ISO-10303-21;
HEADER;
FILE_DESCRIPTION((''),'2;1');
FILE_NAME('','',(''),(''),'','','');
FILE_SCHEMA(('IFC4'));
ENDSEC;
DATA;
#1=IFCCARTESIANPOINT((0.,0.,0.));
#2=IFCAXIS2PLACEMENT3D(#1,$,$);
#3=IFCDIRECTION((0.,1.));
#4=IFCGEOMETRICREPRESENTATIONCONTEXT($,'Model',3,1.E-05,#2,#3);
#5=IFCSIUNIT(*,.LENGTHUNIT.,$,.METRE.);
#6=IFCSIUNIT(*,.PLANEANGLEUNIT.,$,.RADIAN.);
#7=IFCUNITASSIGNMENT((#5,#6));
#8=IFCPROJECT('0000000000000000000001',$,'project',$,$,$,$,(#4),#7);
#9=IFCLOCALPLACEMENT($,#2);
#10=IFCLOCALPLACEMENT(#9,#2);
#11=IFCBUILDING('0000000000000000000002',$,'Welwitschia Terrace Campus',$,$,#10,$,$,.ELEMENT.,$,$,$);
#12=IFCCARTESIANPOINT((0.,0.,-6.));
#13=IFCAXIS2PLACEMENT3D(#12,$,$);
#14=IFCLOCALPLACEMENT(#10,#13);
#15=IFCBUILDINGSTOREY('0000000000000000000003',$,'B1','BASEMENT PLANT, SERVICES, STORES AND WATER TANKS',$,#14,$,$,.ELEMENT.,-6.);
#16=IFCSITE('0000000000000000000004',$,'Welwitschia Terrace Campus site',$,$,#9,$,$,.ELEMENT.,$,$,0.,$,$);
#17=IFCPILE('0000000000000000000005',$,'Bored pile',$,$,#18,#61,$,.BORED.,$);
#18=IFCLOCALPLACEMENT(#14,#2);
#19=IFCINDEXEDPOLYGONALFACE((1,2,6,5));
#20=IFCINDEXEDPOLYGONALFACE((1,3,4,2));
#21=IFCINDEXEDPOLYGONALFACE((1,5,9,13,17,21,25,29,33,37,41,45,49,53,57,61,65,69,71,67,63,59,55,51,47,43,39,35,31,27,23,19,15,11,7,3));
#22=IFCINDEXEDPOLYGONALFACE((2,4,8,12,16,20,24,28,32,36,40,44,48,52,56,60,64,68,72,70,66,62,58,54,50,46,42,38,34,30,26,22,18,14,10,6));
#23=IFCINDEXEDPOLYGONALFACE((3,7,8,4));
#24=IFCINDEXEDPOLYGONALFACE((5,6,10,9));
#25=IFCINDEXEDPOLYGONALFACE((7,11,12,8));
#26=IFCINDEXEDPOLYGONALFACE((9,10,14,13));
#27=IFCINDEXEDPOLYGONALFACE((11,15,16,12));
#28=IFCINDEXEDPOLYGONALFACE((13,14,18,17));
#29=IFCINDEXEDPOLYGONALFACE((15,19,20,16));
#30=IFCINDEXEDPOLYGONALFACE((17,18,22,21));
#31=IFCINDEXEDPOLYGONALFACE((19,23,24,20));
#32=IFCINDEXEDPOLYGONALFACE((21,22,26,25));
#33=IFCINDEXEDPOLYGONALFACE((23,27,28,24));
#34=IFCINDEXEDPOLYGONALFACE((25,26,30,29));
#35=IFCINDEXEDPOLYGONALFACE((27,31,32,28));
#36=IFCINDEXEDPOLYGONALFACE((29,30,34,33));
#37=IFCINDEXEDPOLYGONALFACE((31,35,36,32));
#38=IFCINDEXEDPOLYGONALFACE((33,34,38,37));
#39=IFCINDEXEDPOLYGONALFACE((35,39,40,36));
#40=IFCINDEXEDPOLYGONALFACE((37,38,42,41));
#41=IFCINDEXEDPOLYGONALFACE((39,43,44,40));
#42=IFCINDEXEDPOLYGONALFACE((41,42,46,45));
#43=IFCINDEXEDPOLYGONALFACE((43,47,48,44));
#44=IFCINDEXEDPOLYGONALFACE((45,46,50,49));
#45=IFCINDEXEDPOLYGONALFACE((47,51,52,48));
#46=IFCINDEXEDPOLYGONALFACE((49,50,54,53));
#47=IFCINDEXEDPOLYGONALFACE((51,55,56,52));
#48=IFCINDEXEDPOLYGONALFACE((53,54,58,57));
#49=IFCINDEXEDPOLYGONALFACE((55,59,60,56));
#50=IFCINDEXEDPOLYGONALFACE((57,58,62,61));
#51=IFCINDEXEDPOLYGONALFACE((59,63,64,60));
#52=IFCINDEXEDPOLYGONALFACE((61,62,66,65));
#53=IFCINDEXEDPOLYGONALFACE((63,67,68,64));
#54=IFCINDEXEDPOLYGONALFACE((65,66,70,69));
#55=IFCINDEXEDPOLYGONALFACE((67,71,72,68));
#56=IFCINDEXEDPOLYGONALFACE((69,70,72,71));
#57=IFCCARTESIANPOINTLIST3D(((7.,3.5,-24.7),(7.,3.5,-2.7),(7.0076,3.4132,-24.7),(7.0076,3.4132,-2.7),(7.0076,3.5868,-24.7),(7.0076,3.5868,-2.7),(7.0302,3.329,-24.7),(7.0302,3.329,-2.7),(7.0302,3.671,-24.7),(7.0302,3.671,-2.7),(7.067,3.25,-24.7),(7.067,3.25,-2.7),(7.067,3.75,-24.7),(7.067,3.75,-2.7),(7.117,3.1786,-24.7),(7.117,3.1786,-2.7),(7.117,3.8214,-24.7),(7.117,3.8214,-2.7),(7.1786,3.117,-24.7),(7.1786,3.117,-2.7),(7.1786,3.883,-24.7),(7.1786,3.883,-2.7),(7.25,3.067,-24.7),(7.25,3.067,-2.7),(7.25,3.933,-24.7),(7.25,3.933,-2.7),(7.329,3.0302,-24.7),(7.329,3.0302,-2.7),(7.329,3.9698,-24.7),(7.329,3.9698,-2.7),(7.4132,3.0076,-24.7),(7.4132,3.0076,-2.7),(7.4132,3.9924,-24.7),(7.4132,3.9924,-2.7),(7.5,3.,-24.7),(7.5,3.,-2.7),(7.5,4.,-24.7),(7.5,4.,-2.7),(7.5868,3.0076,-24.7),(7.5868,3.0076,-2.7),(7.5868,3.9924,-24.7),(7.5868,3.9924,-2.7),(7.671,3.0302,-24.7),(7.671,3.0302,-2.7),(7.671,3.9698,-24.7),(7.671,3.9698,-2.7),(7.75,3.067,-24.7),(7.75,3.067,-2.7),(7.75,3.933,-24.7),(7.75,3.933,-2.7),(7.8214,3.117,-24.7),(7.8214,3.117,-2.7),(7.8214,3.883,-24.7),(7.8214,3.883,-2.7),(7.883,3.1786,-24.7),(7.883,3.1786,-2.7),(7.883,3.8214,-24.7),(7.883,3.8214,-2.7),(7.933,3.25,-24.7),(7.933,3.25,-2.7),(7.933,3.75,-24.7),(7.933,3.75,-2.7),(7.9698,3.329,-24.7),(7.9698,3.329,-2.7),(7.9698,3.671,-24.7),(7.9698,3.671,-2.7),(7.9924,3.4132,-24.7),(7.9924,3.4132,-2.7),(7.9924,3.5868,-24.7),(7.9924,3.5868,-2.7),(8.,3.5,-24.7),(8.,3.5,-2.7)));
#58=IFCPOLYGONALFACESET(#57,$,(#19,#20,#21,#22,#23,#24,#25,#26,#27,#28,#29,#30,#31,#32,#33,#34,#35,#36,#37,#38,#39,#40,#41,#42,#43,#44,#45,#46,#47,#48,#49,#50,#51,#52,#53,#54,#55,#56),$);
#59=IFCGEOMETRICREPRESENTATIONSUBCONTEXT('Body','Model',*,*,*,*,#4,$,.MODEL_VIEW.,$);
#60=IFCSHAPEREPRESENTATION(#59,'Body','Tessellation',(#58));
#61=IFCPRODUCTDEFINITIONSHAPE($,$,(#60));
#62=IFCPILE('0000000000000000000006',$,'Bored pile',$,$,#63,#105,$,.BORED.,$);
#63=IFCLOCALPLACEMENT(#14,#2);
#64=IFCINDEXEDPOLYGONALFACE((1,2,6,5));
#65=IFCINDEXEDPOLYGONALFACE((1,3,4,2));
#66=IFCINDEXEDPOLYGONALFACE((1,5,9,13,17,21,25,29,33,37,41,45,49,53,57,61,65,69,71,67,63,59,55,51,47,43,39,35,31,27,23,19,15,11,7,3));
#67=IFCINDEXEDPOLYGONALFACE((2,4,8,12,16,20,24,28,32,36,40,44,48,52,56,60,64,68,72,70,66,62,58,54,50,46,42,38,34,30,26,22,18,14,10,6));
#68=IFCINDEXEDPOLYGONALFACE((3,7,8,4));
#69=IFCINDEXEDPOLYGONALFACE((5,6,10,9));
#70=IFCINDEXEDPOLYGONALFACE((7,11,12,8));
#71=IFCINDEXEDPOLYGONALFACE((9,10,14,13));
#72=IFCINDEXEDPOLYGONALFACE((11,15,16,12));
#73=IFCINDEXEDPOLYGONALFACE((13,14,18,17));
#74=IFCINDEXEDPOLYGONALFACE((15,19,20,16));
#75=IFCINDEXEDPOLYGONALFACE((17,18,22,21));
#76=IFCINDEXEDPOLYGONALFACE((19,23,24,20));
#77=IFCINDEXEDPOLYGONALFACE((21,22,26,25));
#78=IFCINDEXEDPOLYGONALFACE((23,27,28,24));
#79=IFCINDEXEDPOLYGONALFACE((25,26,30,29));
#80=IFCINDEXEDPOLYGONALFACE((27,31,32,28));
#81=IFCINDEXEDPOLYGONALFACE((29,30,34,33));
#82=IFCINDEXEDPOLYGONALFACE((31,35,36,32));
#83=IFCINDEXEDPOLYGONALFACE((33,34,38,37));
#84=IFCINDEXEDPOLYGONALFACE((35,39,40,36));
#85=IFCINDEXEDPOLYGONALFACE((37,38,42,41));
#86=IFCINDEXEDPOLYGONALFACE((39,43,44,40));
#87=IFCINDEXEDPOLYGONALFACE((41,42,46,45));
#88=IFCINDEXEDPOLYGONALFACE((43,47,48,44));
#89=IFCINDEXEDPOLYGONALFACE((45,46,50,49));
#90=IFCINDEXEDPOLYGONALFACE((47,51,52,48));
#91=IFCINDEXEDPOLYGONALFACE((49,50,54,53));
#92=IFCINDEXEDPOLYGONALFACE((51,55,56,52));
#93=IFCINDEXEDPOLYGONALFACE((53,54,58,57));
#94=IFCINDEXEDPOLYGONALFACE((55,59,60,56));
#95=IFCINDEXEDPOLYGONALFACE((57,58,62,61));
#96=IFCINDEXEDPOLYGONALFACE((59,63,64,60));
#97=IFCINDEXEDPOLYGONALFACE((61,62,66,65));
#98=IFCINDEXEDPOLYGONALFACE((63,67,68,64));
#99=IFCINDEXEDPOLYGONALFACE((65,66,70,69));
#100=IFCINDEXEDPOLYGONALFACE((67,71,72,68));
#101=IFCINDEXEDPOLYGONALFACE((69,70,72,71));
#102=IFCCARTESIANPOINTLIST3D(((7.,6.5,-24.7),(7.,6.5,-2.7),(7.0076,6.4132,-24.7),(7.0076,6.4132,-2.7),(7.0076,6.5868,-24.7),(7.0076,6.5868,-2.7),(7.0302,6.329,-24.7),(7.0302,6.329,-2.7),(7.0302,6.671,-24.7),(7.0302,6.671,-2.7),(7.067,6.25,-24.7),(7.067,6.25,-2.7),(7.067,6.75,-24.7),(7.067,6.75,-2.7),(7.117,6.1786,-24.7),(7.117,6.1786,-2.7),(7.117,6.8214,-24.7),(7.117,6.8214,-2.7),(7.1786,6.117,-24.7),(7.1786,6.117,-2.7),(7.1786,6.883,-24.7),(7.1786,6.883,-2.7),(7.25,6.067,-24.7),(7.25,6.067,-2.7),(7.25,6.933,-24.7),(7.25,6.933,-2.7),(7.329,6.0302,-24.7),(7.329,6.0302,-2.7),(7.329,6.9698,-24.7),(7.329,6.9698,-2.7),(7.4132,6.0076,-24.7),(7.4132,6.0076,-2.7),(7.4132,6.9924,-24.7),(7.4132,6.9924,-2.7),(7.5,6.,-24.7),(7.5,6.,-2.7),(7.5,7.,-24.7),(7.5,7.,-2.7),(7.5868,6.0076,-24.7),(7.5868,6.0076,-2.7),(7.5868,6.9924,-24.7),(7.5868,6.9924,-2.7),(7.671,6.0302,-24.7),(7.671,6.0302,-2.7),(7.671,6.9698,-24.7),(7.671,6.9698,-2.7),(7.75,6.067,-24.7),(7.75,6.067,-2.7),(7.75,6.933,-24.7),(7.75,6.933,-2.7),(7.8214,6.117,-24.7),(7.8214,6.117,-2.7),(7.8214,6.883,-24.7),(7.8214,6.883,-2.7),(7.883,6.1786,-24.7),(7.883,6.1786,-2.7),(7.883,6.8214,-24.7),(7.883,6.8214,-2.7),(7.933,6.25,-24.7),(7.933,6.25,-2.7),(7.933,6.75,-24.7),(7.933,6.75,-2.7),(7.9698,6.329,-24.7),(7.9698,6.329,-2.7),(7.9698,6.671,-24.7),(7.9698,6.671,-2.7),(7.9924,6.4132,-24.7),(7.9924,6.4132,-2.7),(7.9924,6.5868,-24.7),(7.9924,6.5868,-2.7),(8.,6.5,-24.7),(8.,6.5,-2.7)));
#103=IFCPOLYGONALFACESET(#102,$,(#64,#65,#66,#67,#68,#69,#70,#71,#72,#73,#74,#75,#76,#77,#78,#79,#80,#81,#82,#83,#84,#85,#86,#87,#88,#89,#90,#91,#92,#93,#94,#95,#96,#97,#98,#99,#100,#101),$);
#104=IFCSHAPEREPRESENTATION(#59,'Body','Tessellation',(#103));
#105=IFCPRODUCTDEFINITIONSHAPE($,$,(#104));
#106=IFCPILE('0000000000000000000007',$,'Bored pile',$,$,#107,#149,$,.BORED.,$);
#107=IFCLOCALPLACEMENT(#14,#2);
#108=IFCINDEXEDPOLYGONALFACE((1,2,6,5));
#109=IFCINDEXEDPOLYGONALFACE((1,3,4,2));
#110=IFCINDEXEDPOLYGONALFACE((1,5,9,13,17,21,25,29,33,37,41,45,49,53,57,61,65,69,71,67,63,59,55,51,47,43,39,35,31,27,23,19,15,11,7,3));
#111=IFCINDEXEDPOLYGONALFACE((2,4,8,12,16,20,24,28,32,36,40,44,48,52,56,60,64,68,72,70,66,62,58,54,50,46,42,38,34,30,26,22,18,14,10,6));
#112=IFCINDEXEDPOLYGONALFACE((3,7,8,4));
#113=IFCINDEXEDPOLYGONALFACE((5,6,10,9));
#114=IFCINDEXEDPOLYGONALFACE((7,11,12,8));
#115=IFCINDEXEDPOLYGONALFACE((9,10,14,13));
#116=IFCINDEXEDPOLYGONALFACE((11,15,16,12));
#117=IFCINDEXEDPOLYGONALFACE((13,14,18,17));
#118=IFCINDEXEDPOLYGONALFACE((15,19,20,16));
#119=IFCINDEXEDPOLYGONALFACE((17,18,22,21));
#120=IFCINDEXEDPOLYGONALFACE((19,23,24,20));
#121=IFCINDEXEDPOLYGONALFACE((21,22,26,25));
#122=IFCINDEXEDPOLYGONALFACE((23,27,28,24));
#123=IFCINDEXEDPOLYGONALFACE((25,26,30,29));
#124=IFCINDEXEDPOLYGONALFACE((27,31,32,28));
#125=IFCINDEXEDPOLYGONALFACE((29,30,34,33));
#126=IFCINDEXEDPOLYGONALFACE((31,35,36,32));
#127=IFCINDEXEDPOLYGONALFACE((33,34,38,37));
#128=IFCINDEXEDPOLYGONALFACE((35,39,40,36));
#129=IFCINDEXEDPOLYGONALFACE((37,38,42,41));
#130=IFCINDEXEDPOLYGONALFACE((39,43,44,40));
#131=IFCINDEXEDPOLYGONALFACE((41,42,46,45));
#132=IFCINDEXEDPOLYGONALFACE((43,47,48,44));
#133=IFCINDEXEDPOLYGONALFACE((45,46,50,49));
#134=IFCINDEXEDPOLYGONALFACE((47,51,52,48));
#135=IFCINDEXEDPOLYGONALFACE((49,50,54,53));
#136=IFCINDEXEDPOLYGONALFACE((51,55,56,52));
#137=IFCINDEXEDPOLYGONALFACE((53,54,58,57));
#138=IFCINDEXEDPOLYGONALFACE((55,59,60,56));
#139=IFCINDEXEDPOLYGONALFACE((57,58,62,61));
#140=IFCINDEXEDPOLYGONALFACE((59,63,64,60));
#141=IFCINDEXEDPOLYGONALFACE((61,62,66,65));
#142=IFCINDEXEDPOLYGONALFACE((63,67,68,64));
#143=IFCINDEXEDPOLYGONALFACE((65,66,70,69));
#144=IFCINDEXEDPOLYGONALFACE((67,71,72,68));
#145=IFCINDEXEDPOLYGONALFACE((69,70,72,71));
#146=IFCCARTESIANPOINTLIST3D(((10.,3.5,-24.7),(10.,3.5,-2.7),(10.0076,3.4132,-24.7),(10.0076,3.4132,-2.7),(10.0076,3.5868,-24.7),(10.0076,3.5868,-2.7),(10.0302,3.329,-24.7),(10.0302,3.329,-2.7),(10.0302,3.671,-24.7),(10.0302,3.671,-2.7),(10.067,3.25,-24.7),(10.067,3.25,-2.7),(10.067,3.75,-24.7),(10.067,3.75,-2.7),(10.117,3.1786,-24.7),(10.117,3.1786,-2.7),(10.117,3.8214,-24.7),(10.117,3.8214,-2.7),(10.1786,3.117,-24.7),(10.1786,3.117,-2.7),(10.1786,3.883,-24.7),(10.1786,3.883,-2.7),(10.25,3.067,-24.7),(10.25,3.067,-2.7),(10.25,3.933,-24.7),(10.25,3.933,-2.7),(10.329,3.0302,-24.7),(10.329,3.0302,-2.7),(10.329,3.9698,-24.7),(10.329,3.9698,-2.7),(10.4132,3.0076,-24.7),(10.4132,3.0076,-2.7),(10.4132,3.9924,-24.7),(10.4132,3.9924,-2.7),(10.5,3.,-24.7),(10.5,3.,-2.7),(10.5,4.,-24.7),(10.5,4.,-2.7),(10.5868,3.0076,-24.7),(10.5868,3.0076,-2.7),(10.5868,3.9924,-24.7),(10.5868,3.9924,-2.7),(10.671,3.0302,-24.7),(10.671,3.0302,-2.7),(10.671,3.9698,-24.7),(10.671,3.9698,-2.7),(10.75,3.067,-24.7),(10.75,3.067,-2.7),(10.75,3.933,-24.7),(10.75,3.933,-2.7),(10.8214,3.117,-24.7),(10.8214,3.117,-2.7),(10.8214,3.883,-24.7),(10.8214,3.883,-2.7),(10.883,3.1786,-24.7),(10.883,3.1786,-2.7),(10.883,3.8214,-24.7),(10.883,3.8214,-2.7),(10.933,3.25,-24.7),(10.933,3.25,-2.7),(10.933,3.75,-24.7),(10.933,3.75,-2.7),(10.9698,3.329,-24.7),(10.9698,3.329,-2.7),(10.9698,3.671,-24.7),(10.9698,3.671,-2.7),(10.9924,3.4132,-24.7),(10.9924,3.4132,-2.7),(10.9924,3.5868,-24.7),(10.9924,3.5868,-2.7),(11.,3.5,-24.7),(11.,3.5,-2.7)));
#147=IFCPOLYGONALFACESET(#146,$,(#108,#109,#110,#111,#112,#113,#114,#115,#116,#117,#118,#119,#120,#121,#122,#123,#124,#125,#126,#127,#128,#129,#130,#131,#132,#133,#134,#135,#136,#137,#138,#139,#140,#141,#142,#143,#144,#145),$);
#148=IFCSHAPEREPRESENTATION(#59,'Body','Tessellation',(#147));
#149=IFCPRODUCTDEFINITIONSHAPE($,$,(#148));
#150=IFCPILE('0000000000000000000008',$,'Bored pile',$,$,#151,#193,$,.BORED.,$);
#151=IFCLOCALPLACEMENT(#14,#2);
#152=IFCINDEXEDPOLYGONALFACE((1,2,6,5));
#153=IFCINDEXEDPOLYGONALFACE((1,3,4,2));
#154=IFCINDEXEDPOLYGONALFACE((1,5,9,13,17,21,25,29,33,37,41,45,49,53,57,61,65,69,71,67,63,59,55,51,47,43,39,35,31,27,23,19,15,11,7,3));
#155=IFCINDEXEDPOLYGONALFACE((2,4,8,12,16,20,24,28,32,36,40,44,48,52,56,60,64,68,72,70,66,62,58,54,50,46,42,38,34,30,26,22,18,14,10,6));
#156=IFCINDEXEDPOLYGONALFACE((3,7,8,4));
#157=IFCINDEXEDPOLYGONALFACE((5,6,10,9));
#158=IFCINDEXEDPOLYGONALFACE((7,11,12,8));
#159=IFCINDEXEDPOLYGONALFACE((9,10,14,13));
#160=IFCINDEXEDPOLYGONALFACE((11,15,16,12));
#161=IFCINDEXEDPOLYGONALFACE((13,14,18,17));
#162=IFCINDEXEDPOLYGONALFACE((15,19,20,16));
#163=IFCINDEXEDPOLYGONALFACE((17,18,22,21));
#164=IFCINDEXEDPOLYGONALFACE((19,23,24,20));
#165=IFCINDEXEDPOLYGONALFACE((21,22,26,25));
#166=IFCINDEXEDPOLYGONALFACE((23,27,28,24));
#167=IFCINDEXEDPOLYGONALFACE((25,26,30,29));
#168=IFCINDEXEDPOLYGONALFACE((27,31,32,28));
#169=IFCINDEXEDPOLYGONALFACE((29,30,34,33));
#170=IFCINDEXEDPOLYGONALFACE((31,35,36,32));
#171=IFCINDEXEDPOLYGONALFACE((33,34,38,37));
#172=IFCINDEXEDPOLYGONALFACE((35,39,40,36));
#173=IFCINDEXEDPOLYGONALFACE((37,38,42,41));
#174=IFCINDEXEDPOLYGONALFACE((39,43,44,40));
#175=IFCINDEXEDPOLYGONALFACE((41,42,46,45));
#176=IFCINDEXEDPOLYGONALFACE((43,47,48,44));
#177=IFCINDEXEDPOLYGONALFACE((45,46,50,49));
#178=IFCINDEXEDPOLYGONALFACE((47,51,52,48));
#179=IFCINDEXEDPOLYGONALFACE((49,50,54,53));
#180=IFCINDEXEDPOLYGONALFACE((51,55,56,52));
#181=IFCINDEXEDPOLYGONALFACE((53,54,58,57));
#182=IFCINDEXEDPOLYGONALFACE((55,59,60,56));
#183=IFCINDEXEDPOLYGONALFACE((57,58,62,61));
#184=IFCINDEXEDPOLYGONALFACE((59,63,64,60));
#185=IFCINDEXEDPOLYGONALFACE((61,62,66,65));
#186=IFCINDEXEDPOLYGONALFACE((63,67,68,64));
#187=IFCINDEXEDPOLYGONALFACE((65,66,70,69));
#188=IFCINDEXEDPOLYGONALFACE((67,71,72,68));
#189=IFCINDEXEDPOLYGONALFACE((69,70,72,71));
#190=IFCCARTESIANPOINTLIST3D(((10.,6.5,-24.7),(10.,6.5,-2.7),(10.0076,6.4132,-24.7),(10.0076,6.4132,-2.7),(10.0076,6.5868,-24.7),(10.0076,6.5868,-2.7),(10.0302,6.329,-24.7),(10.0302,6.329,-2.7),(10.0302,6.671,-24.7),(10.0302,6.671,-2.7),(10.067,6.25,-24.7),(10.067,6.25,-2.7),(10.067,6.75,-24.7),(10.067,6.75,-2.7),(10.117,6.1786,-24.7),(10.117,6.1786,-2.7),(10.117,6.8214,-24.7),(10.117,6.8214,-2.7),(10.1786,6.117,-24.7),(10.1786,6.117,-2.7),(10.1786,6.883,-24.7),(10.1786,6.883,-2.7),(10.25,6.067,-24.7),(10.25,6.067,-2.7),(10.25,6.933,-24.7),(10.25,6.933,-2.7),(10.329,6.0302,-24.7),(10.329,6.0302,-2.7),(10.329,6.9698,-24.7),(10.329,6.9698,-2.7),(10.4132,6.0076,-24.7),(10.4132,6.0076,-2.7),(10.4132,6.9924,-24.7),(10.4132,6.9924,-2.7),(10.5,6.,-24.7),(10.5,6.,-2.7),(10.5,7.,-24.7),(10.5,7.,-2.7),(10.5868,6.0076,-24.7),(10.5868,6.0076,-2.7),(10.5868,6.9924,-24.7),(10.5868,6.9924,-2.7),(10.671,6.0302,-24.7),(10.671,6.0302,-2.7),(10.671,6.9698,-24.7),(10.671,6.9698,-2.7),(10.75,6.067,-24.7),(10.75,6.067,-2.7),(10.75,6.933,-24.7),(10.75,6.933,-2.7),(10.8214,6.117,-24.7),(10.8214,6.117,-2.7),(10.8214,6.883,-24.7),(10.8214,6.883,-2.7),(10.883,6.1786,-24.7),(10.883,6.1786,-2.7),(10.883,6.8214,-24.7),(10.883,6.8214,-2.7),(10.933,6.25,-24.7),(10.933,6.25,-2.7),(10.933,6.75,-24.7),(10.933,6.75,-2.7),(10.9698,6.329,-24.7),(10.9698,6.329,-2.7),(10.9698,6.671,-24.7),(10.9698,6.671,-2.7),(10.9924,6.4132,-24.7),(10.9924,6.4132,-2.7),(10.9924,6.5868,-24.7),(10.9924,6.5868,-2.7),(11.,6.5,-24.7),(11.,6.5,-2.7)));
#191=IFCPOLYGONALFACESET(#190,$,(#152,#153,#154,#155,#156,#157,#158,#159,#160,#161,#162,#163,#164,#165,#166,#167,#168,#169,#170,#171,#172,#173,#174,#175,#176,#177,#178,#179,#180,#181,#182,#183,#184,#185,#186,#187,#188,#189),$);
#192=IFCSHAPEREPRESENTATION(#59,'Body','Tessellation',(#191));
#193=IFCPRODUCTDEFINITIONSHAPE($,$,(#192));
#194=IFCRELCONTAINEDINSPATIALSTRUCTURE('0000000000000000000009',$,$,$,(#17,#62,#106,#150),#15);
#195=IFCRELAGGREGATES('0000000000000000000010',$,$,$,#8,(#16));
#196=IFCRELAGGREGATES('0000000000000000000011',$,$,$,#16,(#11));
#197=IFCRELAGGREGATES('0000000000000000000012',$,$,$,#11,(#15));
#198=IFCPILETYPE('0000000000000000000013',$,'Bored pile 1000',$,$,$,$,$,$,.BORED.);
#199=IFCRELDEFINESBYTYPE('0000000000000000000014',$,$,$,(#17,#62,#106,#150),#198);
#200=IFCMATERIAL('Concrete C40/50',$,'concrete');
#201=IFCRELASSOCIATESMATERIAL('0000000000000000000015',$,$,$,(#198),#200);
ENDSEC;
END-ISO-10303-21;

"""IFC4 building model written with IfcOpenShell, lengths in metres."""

from ifc_helpers import new_model, si_unit, direction, frame, origin, origin_2d, place, context, subcontext, project, spatial, circle, extrude, material, type_object, element, save


model = new_model("IFC4")

# Units and contexts
model_context = context("Model", 3, precision=1e-05, world=origin(), true_north=direction((0.0, 1.0)))
body_context = subcontext(model_context, "Body", "Model", "MODEL_VIEW")
ifc_project = project(units=[si_unit("LENGTHUNIT", "METRE"), si_unit("PLANEANGLEUNIT", "RADIAN")], contexts=[model_context])

# Site, building, storey
site_placement = place(None, origin())
site = spatial("IfcSite", under=ifc_project, at=site_placement, Name="Welwitschia Terrace Campus site", CompositionType="ELEMENT", RefElevation=0.0)
building_placement = place(site_placement, origin())
building = spatial("IfcBuilding", under=site, at=building_placement, Name="Welwitschia Terrace Campus", CompositionType="ELEMENT")
storey_placement = place(building_placement, frame((0.0, 0.0, -6.0)))
storey = spatial("IfcBuildingStorey", under=building, at=storey_placement, Name="B1", Description="BASEMENT PLANT, SERVICES, STORES AND WATER TANKS", CompositionType="ELEMENT", Elevation=-6.0)

# Piles
ifc_material_1 = material(Name="Concrete C40/50", Category="concrete")
pile_type_1 = type_object("IfcPileType", Name="Bored pile 1000", PredefinedType="BORED", material=ifc_material_1)
for number, where, z_axis, x_axis, name in (
    (1, (7.5, 3.5, -2.7), (0.0, 0.0, -1.0), (1.0, 0.0, 0.0), "Bored pile"),
    (2, (7.5, 6.5, -2.7), (0.0, 0.0, -1.0), (1.0, 0.0, 0.0), "Bored pile"),
    (3, (10.5, 3.5, -2.7), (0.0, 0.0, -1.0), (1.0, 0.0, 0.0), "Bored pile"),
    (4, (10.5, 6.5, -2.7), (0.0, 0.0, -1.0), (1.0, 0.0, 0.0), "Bored pile"),
):
    element("IfcPile", number, at=place(storey_placement, frame(where, z_axis=z_axis, x_axis=x_axis)), inside=storey, type_object=pile_type_1, Name=name, PredefinedType="BORED", context=body_context, shape_type="SweptSolid", body=[
        extrude(circle(Radius=0.5, at=origin_2d()), origin(), (0.0, 0.0, 1.0), 22.0),
    ])

save(model, "model.ifc")
